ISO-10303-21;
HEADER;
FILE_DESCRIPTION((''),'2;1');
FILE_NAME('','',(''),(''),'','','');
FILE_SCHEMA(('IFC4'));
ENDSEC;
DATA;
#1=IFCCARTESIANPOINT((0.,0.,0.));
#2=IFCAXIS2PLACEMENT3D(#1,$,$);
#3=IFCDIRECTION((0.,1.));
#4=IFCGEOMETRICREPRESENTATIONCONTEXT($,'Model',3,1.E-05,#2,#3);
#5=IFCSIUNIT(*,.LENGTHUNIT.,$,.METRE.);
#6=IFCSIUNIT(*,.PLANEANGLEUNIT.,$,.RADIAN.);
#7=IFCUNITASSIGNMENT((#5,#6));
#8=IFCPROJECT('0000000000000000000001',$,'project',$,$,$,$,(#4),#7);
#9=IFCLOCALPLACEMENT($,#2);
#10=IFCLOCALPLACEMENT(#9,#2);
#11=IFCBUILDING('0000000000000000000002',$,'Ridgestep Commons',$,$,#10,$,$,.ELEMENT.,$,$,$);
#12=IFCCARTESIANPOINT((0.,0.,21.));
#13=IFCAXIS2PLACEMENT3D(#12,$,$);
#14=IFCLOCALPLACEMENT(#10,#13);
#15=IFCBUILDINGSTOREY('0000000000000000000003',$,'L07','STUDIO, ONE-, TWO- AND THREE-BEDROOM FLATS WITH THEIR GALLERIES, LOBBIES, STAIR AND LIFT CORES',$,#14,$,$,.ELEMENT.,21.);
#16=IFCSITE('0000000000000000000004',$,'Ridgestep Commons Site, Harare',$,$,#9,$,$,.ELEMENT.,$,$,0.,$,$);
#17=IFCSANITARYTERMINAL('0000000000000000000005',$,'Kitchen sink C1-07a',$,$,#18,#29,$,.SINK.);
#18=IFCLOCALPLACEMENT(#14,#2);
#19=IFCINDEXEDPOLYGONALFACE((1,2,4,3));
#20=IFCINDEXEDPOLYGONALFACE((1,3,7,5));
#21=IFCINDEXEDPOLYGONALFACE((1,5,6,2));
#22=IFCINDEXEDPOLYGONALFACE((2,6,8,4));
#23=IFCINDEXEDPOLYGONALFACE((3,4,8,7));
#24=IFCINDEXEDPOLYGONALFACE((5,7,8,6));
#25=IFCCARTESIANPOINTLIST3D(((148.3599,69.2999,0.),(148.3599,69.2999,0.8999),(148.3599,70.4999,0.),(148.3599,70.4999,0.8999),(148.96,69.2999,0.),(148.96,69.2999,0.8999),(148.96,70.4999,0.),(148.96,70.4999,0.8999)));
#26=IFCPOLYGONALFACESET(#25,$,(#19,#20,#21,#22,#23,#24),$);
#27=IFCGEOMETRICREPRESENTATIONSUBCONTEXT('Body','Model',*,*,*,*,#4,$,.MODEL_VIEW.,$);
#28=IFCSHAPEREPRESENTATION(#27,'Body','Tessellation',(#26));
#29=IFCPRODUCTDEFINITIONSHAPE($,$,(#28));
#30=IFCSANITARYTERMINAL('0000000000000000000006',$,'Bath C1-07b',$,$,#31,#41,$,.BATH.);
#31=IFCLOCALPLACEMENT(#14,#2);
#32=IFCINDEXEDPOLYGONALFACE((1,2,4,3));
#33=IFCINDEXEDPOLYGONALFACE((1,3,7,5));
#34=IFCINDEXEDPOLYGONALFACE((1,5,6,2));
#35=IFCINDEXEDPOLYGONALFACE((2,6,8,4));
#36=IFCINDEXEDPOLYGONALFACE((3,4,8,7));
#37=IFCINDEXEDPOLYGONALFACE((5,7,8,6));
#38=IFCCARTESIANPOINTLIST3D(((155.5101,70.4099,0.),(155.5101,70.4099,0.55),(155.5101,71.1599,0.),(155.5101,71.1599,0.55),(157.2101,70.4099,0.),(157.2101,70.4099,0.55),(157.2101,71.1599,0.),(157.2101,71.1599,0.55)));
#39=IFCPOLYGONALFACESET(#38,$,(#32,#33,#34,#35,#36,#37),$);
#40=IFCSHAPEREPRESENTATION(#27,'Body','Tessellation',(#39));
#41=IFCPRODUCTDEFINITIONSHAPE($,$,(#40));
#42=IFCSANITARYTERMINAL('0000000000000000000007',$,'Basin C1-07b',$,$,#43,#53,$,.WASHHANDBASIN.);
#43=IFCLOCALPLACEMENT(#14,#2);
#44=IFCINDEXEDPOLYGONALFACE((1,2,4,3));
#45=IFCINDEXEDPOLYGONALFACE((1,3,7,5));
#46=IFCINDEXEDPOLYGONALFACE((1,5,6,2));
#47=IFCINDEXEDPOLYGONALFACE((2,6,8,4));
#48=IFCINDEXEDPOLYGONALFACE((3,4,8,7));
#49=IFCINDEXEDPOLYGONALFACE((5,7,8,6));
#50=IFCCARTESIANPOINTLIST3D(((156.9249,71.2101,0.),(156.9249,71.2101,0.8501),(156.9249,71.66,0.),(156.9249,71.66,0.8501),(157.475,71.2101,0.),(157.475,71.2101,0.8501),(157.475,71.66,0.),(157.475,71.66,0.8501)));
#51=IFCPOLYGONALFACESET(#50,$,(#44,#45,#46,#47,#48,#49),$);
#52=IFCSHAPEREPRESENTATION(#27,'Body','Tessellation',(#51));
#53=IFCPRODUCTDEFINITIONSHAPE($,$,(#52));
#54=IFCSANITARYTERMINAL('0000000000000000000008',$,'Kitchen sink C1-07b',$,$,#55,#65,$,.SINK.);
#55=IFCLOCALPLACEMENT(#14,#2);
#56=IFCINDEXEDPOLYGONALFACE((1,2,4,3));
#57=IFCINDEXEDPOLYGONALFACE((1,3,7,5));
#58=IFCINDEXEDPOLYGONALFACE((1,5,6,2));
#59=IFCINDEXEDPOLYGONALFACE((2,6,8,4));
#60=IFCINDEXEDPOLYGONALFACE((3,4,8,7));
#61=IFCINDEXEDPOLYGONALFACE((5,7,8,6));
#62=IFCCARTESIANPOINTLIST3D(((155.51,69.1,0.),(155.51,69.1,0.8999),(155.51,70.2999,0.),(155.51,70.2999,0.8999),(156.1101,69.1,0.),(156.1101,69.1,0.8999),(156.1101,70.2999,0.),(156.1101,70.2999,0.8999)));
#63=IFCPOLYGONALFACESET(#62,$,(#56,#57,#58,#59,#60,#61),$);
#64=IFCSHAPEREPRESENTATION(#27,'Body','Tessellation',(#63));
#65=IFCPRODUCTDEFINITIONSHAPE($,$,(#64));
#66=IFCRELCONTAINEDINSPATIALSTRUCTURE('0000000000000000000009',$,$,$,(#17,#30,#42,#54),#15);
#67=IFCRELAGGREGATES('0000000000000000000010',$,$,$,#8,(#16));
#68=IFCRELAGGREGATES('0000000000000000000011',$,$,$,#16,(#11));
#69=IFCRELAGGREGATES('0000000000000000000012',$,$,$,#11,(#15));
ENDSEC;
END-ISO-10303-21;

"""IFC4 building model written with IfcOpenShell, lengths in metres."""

from ifc_helpers import new_model, si_unit, direction, frame, origin, origin_2d, place, context, subcontext, project, spatial, rectangle, extrude, element, save


model = new_model("IFC4")

# Units and contexts
model_context = context("Model", 3, precision=1e-05, world=origin(), true_north=direction((0.0, 1.0)))
body_context = subcontext(model_context, "Body", "Model", "MODEL_VIEW")
ifc_project = project(units=[si_unit("LENGTHUNIT", "METRE"), si_unit("PLANEANGLEUNIT", "RADIAN")], contexts=[model_context])

# Site, building, storey
site_placement = place(None, origin())
site = spatial("IfcSite", under=ifc_project, at=site_placement, Name="Ridgestep Commons Site, Harare", CompositionType="ELEMENT", RefElevation=0.0)
building_placement = place(site_placement, origin())
building = spatial("IfcBuilding", under=site, at=building_placement, Name="Ridgestep Commons", CompositionType="ELEMENT")
storey_placement = place(building_placement, frame((0.0, 0.0, 21.0)))
storey = spatial("IfcBuildingStorey", under=building, at=storey_placement, Name="L07", Description="STUDIO, ONE-, TWO- AND THREE-BEDROOM FLATS WITH THEIR GALLERIES, LOBBIES, STAIR AND LIFT CORES", CompositionType="ELEMENT", Elevation=21.0)

# Sanitary terminals
sanitary_terminal_1_placement = place(storey_placement, frame((148.6599, 69.8999, 0.0), z_axis=(0.0, 0.0, 1.0), x_axis=(1.0, 0.0, 0.0)))
element("IfcSanitaryTerminal", 1, at=sanitary_terminal_1_placement, inside=storey, Name="Kitchen sink C1-07a", PredefinedType="SINK", context=body_context, shape_type="SweptSolid", body=[
    extrude(rectangle(XDim=0.6001, YDim=1.2, at=origin_2d()), origin(), (0.0, 0.0, 1.0), 0.8999),
])
sanitary_terminal_2_placement = place(storey_placement, frame((156.3601, 70.7849, 0.0), z_axis=(0.0, 0.0, 1.0), x_axis=(1.0, 0.0, 0.0)))
element("IfcSanitaryTerminal", 2, at=sanitary_terminal_2_placement, inside=storey, Name="Bath C1-07b", PredefinedType="BATH", context=body_context, shape_type="SweptSolid", body=[
    extrude(rectangle(XDim=1.7, YDim=0.75, at=origin_2d()), origin(), (0.0, 0.0, 1.0), 0.55),
])
sanitary_terminal_3_placement = place(storey_placement, frame((157.2, 71.4351, 0.0), z_axis=(0.0, 0.0, 1.0), x_axis=(1.0, 0.0, 0.0)))
element("IfcSanitaryTerminal", 3, at=sanitary_terminal_3_placement, inside=storey, Name="Basin C1-07b", PredefinedType="WASHHANDBASIN", context=body_context, shape_type="SweptSolid", body=[
    extrude(rectangle(XDim=0.55, YDim=0.45, at=origin_2d()), origin(), (0.0, 0.0, 1.0), 0.8501),
])
sanitary_terminal_4_placement = place(storey_placement, frame((155.8101, 69.7, 0.0), z_axis=(0.0, 0.0, 1.0), x_axis=(1.0, 0.0, 0.0)))
element("IfcSanitaryTerminal", 4, at=sanitary_terminal_4_placement, inside=storey, Name="Kitchen sink C1-07b", PredefinedType="SINK", context=body_context, shape_type="SweptSolid", body=[
    extrude(rectangle(XDim=0.6001, YDim=1.2, at=origin_2d()), origin(), (0.0, 0.0, 1.0), 0.8999),
])

save(model, "model.ifc")
